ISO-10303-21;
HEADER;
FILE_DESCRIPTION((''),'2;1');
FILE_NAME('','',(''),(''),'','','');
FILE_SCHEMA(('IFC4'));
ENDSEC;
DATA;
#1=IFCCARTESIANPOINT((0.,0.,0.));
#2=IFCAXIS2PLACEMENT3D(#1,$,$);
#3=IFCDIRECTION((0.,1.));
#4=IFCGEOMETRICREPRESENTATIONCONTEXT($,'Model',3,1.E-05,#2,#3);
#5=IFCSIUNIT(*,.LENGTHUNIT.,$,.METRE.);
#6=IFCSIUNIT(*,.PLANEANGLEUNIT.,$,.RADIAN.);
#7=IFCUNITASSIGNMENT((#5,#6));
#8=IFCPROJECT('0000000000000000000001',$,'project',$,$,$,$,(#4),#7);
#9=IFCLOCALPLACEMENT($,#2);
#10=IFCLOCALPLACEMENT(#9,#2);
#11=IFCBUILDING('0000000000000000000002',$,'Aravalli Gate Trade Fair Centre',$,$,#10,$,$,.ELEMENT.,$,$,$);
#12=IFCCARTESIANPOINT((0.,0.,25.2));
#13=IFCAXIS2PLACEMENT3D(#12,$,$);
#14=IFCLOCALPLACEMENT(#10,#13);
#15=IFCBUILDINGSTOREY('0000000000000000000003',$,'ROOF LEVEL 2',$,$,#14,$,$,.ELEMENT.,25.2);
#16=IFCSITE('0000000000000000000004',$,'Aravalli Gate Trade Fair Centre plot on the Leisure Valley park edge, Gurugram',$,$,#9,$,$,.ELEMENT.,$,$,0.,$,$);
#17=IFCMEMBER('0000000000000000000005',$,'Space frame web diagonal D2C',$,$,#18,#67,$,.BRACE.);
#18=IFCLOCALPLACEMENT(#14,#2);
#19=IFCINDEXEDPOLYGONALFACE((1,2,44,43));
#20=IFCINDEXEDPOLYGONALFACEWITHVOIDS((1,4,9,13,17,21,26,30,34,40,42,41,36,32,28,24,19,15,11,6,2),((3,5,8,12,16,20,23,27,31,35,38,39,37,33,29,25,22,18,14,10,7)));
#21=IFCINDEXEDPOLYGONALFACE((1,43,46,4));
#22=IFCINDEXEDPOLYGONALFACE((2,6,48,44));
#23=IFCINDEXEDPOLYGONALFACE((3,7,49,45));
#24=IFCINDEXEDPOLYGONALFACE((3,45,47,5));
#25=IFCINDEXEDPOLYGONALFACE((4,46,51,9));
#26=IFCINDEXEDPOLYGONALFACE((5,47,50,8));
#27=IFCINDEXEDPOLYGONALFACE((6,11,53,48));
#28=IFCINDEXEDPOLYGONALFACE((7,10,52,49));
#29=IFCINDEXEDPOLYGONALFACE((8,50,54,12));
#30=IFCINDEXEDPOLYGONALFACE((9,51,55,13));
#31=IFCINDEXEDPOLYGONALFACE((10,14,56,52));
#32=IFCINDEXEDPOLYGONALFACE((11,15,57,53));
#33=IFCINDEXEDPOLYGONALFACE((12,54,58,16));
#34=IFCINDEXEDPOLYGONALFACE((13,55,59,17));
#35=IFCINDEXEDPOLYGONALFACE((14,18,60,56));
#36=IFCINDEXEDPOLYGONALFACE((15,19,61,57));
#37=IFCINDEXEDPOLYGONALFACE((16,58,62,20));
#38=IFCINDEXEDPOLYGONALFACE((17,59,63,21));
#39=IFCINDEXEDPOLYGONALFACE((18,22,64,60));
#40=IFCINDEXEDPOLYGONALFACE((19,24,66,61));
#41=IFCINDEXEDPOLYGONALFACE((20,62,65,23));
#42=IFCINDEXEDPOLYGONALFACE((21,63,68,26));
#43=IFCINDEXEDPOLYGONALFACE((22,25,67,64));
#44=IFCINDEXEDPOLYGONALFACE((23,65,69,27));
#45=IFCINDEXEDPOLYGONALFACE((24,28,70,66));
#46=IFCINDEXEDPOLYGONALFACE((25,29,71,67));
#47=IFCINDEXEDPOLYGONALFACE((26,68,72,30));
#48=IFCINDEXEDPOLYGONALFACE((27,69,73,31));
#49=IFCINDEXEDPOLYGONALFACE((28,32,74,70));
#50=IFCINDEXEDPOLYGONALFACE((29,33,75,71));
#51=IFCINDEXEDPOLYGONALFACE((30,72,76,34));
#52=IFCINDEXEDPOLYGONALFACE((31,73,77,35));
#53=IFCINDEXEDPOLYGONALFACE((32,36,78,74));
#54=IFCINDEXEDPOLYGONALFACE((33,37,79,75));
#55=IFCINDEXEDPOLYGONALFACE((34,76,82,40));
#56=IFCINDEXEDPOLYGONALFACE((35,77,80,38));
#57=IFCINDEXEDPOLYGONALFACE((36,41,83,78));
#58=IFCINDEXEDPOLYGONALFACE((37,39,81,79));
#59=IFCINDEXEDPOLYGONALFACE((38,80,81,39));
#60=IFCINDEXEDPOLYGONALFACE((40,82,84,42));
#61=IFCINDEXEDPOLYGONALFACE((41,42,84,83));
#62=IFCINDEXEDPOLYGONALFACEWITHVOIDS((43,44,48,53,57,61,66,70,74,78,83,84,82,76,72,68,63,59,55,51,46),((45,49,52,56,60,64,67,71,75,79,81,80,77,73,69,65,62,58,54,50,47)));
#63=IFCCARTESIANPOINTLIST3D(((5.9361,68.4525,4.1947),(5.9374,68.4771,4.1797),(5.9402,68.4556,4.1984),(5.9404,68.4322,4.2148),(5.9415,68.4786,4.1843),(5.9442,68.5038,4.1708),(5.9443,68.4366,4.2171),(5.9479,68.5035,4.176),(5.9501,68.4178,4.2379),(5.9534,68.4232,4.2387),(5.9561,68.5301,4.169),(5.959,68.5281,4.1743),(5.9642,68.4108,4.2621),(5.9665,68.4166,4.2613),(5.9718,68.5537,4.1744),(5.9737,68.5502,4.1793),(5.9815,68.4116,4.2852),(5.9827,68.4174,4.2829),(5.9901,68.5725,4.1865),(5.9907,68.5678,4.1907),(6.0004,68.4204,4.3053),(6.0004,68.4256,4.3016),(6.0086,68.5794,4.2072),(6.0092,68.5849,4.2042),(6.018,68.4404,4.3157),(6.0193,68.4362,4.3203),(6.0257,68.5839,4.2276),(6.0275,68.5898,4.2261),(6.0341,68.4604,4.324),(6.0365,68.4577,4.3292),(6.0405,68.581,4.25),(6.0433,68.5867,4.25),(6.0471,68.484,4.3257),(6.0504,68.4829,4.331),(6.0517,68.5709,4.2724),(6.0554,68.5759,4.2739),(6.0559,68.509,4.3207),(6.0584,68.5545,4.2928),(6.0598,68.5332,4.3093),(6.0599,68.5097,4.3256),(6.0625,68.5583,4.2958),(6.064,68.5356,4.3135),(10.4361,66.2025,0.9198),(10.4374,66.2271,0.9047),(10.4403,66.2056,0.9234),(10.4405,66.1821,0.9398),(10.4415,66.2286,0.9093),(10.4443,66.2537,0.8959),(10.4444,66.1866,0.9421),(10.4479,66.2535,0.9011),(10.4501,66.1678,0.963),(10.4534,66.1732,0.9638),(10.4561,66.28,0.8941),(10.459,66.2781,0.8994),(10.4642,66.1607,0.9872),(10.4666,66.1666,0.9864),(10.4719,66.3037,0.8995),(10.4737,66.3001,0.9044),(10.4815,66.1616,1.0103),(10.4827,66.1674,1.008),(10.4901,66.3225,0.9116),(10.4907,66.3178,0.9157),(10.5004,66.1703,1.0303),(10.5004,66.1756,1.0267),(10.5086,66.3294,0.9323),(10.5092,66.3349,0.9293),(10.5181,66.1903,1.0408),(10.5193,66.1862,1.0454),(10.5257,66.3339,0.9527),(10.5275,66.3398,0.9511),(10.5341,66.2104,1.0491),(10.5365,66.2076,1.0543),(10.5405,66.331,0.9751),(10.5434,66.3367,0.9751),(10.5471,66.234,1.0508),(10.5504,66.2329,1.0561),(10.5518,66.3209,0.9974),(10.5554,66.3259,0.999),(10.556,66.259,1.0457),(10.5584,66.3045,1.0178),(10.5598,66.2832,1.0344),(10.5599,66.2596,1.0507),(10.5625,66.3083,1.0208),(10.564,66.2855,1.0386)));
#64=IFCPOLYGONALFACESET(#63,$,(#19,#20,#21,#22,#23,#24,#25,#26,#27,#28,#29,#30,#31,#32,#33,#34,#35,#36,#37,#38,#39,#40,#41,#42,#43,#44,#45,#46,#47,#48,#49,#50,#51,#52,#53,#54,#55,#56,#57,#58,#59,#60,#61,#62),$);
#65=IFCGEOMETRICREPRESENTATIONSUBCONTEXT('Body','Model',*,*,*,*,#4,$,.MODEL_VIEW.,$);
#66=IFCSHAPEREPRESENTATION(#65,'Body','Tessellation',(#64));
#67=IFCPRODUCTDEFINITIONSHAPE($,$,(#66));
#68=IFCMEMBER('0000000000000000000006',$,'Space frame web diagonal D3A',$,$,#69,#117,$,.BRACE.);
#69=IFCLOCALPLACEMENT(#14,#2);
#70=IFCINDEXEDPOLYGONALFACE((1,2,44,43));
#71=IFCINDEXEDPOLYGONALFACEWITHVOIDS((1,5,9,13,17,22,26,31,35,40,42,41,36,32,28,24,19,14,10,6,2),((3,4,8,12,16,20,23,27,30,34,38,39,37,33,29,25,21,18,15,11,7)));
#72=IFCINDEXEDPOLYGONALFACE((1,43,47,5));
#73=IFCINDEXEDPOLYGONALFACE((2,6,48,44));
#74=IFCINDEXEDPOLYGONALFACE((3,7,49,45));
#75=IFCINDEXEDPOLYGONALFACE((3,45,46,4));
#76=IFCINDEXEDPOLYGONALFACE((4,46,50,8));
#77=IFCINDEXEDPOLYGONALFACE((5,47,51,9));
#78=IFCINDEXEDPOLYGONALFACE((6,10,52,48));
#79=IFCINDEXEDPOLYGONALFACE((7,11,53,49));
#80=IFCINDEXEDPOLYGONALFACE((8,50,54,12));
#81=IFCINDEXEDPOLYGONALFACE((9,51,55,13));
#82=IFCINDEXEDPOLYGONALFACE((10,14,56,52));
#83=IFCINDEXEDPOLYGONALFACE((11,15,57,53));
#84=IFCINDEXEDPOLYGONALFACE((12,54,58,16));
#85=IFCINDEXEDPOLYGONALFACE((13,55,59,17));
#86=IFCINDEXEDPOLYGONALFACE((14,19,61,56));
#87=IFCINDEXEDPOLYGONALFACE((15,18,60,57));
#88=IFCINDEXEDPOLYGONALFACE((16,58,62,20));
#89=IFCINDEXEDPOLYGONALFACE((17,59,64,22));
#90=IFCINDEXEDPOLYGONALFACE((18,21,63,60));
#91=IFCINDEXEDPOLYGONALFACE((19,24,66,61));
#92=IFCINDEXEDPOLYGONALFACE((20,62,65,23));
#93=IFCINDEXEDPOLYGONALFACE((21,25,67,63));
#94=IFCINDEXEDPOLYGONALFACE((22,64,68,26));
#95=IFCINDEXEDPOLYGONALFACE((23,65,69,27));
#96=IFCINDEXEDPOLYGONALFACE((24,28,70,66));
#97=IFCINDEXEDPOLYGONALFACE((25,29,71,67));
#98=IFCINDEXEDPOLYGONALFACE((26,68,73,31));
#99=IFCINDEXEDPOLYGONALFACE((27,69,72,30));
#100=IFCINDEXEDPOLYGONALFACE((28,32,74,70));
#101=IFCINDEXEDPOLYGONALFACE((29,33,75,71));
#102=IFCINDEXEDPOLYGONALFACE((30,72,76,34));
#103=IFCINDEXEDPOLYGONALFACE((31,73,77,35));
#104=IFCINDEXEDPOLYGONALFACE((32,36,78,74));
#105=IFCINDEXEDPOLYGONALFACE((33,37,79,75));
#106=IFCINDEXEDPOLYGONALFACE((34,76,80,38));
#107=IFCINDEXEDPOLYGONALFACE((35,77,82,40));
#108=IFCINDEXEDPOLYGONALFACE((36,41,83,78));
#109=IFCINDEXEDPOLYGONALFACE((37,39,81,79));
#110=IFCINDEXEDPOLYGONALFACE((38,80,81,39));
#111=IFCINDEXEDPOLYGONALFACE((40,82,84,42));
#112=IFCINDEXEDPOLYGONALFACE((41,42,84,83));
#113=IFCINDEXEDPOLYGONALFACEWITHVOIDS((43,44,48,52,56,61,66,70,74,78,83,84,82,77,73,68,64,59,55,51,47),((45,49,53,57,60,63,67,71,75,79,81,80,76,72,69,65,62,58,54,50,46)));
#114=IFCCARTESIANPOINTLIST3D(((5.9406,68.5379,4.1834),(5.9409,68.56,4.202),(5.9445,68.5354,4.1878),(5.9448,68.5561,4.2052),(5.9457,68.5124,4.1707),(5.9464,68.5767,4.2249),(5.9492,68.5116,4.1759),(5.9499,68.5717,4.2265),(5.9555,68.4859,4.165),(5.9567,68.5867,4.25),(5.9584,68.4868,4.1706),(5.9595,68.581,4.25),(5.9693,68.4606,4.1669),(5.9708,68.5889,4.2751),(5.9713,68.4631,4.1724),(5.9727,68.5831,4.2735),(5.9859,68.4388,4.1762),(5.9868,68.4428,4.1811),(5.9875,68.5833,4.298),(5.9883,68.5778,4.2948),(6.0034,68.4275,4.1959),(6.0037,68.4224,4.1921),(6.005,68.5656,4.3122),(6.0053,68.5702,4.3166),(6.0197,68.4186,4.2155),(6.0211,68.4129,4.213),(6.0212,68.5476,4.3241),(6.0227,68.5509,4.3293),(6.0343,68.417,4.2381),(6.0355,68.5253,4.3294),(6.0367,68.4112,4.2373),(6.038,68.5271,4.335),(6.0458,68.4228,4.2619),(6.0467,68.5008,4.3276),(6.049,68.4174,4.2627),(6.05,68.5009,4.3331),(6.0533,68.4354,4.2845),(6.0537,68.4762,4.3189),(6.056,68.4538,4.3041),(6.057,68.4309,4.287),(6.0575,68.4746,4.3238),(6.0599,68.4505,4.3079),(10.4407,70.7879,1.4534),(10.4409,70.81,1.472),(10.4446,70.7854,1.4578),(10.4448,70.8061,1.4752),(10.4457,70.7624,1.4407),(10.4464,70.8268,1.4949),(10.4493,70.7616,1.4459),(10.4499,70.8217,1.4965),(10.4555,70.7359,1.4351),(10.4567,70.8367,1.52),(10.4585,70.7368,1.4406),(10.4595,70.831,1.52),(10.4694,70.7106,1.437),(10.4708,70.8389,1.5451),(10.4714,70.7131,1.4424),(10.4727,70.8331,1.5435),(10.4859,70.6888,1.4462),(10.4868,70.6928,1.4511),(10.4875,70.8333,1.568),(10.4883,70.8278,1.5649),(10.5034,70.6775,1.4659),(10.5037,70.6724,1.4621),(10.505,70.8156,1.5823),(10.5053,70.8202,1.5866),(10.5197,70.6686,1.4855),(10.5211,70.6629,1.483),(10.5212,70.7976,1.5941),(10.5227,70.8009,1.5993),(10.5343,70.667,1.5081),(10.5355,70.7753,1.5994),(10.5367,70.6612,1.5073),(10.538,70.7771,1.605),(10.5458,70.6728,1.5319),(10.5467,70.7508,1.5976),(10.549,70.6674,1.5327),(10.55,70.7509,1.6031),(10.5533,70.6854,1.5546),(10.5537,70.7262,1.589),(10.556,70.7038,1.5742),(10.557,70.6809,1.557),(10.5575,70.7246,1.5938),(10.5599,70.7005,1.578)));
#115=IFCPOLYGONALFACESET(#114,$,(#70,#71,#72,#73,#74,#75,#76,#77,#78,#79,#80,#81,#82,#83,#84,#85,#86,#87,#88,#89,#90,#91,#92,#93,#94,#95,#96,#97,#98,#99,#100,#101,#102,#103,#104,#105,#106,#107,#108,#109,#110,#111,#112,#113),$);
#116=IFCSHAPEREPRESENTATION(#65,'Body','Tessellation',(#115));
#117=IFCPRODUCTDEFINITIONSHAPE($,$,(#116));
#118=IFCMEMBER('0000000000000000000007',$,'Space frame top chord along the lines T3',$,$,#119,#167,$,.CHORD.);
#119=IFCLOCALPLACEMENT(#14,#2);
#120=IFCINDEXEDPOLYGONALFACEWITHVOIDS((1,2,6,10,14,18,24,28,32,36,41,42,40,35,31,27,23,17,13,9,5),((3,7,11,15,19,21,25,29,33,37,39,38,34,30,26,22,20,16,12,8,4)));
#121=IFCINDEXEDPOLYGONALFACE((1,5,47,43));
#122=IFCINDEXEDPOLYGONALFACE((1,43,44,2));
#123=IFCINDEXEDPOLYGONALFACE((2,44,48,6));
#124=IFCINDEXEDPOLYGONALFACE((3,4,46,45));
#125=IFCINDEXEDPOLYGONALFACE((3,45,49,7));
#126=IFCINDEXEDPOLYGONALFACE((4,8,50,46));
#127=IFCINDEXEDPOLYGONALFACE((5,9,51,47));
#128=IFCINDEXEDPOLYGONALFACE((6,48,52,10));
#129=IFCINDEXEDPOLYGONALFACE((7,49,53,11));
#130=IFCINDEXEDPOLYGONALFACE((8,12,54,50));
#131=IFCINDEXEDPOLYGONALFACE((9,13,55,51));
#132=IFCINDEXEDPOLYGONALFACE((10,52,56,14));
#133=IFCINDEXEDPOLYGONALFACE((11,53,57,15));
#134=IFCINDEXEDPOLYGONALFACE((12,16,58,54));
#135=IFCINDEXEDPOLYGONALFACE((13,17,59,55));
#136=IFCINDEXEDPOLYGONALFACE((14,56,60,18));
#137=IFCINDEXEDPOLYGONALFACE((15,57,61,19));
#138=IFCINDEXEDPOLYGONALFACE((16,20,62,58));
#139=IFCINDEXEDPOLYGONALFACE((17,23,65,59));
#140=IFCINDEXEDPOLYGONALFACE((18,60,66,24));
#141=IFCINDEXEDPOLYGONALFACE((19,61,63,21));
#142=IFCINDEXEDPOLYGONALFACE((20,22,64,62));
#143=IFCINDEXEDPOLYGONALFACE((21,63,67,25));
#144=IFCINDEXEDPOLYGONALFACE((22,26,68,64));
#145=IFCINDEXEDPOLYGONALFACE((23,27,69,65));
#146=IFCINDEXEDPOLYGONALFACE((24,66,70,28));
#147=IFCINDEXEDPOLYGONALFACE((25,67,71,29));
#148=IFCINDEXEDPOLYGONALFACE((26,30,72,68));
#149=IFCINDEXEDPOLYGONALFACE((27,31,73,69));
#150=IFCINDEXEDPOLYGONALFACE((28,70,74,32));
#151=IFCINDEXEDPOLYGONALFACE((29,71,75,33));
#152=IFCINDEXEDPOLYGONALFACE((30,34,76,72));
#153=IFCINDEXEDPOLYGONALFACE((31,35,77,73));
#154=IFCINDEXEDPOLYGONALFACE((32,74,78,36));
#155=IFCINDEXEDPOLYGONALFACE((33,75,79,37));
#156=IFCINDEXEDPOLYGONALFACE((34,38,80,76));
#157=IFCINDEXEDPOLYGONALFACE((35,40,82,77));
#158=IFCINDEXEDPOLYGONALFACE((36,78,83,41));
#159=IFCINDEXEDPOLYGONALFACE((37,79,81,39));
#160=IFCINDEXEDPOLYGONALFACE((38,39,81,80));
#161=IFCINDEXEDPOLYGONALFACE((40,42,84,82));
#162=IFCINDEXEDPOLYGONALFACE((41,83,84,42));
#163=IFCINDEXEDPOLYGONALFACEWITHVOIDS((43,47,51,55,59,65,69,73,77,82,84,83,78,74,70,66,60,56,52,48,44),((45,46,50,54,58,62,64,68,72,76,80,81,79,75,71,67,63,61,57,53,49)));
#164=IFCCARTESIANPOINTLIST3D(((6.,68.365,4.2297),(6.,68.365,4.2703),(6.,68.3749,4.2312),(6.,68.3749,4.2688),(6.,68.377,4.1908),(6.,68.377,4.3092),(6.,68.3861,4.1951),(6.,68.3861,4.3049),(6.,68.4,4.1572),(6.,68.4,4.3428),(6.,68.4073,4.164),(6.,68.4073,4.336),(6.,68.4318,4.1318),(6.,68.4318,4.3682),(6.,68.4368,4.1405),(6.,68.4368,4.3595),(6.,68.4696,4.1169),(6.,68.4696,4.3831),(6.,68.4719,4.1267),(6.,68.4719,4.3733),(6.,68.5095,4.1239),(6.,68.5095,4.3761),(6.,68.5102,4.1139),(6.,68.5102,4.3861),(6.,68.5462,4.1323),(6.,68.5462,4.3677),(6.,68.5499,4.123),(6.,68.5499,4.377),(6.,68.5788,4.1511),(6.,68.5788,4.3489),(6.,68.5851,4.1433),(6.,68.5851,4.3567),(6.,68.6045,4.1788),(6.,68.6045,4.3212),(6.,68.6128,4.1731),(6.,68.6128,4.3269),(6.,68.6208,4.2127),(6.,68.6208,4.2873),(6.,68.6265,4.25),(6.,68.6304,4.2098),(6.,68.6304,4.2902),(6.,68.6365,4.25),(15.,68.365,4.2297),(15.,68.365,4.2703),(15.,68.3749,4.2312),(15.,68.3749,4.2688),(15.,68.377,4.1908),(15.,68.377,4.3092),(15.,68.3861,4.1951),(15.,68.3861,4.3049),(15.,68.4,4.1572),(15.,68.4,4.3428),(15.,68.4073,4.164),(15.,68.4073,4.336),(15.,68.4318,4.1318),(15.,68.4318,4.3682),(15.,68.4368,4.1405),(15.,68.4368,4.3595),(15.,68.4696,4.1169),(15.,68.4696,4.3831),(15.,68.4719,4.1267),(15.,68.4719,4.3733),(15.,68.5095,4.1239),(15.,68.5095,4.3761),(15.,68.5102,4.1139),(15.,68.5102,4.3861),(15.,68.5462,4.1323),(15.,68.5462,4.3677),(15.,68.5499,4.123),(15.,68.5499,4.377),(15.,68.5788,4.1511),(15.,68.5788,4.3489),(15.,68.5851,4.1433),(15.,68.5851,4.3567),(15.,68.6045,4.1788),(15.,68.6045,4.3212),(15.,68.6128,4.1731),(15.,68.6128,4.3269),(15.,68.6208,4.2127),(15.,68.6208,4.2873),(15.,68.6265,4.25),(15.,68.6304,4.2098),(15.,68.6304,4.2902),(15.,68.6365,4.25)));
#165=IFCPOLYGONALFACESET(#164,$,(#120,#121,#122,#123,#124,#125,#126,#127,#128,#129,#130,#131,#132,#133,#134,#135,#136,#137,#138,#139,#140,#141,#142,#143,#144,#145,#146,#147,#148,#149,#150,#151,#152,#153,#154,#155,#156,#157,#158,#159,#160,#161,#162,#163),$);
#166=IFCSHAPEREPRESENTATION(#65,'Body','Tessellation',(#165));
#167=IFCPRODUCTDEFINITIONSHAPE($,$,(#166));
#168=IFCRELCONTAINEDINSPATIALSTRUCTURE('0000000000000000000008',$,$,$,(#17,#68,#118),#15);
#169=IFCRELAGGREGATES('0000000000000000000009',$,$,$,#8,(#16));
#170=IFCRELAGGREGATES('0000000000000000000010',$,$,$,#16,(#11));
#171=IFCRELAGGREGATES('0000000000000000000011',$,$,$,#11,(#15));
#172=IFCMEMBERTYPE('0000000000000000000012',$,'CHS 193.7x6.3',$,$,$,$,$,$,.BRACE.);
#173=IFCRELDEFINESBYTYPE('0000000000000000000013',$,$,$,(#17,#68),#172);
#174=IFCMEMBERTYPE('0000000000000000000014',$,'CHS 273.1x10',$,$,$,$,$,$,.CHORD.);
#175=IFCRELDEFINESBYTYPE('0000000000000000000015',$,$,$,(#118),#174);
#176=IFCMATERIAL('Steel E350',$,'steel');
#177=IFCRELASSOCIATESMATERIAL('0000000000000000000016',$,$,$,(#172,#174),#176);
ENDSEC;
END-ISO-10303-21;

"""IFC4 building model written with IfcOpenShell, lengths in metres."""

from ifc_helpers import new_model, si_unit, direction, frame, origin, origin_2d, place, context, subcontext, project, spatial, hollow_circle, extrude, material, material_profile, profile_set, type_object, element, save


model = new_model("IFC4")

# Units and contexts
model_context = context("Model", 3, precision=1e-05, world=origin(), true_north=direction((0.0, 1.0)))
body_context = subcontext(model_context, "Body", "Model", "MODEL_VIEW")
ifc_project = project(units=[si_unit("LENGTHUNIT", "METRE"), si_unit("PLANEANGLEUNIT", "RADIAN")], contexts=[model_context])

# Site, building, storey
site_placement = place(None, origin())
site = spatial("IfcSite", under=ifc_project, at=site_placement, Name="Aravalli Gate Trade Fair Centre plot on the Leisure Valley park edge, Gurugram", CompositionType="ELEMENT", RefElevation=0.0)
building_placement = place(site_placement, origin())
building = spatial("IfcBuilding", under=site, at=building_placement, Name="Aravalli Gate Trade Fair Centre", CompositionType="ELEMENT")
storey_placement = place(building_placement, frame((0.0, 0.0, 25.2)))
storey = spatial("IfcBuildingStorey", under=building, at=storey_placement, Name="ROOF LEVEL 2", CompositionType="ELEMENT", Elevation=25.2)

# Members
ifc_material_1 = material(Name="Steel E350", Category="steel")
ifc_material_profile_1 = material_profile(ifc_material_1, hollow_circle(Radius=0.0969, WallThickness=0.0063, at=origin_2d()), Name="CHS 193.7x6.3")
ifc_profile_set_1 = profile_set([ifc_material_profile_1], Name="Steel E350")
member_type_1 = type_object("IfcMemberType", Name="CHS 193.7x6.3", PredefinedType="BRACE", material=ifc_profile_set_1)
member_1_placement = place(storey_placement, frame((6.0, 68.5, 4.25), z_axis=(0.74961, -0.374805, -0.545533), x_axis=(0.447214, 0.894427, 0.0)))
element("IfcMember", 1, at=member_1_placement, inside=storey, type_object=member_type_1, Name="Space frame web diagonal D2C", PredefinedType="BRACE", context=body_context, shape_type="SweptSolid", body=[
    extrude(hollow_circle(Radius=0.0969, WallThickness=0.0063, at=origin_2d()), origin(), (0.0, 0.0, 1.0), 6.0032),
])
member_2_placement = place(storey_placement, frame((6.0, 68.5, 4.25), z_axis=(0.78615, 0.393075, -0.476928), x_axis=(-0.447214, 0.894427, 0.0)))
element("IfcMember", 2, at=member_2_placement, inside=storey, type_object=member_type_1, Name="Space frame web diagonal D3A", PredefinedType="BRACE", context=body_context, shape_type="SweptSolid", body=[
    extrude(hollow_circle(Radius=0.0969, WallThickness=0.0063, at=origin_2d()), origin(), (0.0, 0.0, 1.0), 5.7241),
])
ifc_material_profile_2 = material_profile(ifc_material_1, hollow_circle(Radius=0.1365, WallThickness=0.01, at=origin_2d()), Name="CHS 273.1x10")
ifc_profile_set_2 = profile_set([ifc_material_profile_2], Name="Steel E350")
member_type_2 = type_object("IfcMemberType", Name="CHS 273.1x10", PredefinedType="CHORD", material=ifc_profile_set_2)
member_3_placement = place(storey_placement, frame((6.0, 68.5, 4.25), z_axis=(1.0, 0.0, 0.0), x_axis=(0.0, 1.0, 0.0)))
element("IfcMember", 3, at=member_3_placement, inside=storey, type_object=member_type_2, Name="Space frame top chord along the lines T3", PredefinedType="CHORD", context=body_context, shape_type="SweptSolid", body=[
    extrude(hollow_circle(Radius=0.1365, WallThickness=0.01, at=origin_2d()), origin(), (0.0, 0.0, 1.0), 9.0),
])

save(model, "model.ifc")
